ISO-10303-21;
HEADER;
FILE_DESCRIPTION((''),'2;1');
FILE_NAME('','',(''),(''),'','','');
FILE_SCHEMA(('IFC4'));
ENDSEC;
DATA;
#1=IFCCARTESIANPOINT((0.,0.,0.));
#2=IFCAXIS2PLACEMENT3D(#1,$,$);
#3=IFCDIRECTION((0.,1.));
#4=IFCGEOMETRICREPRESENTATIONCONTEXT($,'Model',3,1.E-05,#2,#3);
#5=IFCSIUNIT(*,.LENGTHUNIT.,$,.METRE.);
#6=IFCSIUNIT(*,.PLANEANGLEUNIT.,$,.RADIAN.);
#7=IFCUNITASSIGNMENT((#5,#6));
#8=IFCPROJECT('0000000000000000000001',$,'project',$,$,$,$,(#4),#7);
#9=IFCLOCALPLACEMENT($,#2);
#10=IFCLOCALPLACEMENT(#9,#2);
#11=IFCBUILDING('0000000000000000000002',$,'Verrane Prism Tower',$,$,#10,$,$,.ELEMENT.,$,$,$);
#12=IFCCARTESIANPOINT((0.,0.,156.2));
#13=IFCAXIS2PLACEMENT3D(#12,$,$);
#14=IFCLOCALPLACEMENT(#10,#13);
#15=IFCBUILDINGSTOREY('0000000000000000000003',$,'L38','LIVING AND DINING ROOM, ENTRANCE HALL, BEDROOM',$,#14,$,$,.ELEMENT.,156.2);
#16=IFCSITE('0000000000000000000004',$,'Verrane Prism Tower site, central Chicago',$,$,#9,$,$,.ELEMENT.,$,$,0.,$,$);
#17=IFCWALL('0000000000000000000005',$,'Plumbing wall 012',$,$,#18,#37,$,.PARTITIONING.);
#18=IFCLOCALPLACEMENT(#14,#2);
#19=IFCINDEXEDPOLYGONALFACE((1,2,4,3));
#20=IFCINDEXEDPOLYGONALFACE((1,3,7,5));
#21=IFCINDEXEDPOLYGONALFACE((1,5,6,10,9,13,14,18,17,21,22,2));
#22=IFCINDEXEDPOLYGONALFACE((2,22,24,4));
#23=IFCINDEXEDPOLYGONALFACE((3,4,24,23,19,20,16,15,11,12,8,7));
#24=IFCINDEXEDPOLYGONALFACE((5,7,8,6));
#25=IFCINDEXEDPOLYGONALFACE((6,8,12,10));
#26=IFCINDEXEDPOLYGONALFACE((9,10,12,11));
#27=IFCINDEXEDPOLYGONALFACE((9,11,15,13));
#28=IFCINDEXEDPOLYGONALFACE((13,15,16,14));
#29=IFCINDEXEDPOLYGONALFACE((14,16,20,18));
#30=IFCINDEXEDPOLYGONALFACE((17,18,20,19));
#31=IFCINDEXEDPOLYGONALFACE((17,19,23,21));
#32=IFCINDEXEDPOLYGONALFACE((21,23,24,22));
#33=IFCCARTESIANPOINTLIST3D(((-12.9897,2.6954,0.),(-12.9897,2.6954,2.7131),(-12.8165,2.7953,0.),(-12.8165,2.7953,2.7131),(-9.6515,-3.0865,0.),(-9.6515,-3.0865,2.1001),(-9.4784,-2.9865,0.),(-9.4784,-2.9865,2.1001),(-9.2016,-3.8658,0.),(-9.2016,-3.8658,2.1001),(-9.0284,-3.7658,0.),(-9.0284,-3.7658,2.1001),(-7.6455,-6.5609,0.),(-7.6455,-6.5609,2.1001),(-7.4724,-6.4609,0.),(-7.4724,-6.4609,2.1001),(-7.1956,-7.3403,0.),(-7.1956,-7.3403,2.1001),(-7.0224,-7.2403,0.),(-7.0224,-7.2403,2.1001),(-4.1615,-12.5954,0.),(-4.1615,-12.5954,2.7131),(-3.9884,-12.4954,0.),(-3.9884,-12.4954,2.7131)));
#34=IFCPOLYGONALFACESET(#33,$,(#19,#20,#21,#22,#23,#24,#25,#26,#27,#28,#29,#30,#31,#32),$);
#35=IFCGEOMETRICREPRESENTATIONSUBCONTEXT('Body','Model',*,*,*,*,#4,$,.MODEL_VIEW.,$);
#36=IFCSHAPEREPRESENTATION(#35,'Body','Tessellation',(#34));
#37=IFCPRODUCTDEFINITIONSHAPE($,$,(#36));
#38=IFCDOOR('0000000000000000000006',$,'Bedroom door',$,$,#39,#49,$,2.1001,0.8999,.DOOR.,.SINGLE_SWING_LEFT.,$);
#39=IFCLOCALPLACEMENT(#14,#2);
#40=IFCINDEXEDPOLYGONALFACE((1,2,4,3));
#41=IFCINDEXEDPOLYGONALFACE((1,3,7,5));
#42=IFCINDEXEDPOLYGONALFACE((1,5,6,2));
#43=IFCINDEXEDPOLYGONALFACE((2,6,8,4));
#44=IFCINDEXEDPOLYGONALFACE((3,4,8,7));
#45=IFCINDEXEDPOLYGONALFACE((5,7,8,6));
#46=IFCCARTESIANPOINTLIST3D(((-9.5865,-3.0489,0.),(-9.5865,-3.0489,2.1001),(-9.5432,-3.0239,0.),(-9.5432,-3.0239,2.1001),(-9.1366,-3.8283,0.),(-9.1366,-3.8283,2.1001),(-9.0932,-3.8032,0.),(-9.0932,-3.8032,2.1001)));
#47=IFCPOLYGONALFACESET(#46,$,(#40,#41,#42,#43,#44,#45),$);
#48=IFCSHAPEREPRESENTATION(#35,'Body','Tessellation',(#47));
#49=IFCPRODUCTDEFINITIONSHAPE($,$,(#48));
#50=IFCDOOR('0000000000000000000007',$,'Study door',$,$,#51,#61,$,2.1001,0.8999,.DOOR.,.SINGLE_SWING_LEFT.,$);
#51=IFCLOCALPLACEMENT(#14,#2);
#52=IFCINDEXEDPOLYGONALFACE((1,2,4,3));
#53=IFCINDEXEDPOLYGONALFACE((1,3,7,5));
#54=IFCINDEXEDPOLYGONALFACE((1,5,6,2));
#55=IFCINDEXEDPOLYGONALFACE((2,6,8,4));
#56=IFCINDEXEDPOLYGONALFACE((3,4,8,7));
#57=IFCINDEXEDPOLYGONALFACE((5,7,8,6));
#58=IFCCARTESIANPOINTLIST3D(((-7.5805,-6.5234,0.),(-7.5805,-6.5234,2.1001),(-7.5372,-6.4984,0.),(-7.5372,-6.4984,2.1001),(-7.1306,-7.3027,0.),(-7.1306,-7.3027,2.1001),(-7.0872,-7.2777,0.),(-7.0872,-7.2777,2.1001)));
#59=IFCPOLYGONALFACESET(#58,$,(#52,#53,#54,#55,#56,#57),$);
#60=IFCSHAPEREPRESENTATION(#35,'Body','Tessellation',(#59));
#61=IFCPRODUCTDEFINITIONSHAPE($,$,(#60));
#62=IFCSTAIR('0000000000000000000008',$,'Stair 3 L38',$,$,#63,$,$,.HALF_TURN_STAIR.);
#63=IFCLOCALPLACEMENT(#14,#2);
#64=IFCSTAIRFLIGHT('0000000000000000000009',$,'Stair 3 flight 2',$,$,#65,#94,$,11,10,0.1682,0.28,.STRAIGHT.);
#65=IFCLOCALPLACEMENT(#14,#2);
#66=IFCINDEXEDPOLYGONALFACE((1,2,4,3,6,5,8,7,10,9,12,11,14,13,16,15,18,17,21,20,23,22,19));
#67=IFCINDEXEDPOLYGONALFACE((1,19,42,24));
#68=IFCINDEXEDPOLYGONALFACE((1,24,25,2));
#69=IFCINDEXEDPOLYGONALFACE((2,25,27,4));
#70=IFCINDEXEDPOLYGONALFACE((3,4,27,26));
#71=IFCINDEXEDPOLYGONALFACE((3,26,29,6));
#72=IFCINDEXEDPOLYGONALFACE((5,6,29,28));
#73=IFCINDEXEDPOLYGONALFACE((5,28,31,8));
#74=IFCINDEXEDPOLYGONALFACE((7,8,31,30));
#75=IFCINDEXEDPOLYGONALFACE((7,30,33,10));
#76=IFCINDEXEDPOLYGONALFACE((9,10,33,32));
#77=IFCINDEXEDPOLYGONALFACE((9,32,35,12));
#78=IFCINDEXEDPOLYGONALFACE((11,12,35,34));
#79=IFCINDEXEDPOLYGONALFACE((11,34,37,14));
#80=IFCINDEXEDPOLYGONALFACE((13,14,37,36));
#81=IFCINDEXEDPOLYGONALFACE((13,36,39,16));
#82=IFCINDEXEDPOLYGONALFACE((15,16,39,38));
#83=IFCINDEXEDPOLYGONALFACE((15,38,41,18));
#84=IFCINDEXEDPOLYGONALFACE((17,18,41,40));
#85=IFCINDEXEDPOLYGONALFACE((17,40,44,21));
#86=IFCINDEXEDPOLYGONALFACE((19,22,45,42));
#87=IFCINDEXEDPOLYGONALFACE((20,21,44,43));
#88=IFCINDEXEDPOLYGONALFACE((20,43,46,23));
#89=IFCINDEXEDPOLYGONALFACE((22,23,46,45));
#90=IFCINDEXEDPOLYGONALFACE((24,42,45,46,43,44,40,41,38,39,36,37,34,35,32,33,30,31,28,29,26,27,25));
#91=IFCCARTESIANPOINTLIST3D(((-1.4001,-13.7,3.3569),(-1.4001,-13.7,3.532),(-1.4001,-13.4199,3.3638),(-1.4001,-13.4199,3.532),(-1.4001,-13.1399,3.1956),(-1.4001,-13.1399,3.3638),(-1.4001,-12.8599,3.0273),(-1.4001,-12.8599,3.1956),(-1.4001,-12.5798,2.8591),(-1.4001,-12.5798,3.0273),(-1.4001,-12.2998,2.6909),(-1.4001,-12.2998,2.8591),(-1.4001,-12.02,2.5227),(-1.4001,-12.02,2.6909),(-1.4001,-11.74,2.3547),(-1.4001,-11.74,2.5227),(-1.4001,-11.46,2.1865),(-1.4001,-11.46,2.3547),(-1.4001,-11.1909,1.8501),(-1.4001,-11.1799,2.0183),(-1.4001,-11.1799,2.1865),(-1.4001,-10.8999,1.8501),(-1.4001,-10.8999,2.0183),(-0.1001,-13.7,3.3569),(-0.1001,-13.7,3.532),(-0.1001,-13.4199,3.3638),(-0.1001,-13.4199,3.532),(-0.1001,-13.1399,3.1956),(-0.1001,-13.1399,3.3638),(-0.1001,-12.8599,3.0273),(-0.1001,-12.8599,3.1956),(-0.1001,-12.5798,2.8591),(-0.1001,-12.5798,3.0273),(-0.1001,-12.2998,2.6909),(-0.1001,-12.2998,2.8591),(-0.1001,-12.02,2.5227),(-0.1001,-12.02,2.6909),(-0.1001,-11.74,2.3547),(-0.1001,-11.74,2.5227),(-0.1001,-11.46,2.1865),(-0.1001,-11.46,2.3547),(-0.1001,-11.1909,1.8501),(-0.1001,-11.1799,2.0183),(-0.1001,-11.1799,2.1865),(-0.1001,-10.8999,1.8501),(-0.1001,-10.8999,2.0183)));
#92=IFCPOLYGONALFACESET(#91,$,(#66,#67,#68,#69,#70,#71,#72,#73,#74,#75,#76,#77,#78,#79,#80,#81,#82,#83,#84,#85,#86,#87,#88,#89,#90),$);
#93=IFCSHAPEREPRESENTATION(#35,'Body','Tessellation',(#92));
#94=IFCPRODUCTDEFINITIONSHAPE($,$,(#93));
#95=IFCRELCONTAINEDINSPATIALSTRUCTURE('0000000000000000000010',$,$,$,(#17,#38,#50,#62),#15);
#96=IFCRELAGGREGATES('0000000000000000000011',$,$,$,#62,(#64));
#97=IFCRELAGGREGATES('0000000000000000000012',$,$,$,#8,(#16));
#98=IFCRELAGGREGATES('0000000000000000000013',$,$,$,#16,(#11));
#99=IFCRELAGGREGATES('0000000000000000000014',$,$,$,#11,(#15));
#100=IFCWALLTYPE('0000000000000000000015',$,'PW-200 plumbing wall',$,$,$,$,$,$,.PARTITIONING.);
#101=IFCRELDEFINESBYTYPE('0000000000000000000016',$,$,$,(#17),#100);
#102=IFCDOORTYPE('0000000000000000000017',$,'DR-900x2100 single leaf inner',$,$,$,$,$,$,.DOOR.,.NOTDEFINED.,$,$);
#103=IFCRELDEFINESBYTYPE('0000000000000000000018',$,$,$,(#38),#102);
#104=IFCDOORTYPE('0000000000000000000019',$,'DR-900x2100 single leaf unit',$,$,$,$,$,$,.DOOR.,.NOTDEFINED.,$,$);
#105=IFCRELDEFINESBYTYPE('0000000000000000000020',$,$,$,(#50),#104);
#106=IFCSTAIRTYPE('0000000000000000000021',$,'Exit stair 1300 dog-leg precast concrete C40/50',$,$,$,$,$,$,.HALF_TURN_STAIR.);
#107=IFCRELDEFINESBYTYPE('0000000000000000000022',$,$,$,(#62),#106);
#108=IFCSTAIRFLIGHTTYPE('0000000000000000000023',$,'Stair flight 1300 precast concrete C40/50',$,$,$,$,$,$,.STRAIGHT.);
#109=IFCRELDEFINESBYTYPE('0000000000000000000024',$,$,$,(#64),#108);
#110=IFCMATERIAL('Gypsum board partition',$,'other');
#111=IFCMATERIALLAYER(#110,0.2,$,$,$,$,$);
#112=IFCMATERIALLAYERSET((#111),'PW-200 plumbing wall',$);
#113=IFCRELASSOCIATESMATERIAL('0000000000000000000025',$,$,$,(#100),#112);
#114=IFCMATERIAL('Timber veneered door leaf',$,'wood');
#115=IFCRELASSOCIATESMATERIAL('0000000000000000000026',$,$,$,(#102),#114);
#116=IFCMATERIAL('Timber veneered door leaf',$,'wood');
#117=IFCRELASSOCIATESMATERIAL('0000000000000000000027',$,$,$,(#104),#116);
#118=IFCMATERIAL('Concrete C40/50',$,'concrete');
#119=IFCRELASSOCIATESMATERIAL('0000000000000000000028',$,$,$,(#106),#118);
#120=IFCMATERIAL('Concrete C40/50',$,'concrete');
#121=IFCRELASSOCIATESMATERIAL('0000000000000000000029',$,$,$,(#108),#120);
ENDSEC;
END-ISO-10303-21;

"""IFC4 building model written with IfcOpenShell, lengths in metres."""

from ifc_helpers import new_model, si_unit, direction, frame, frame_2d, origin, place, context, subcontext, project, spatial, polyline, rectangle, outline, extrude, material, layer, layer_set, type_object, element, fill, aggregate, save


model = new_model("IFC4")

# Units and contexts
model_context = context("Model", 3, precision=1e-05, world=origin(), true_north=direction((0.0, 1.0)))
body_context = subcontext(model_context, "Body", "Model", "MODEL_VIEW")
ifc_project = project(units=[si_unit("LENGTHUNIT", "METRE"), si_unit("PLANEANGLEUNIT", "RADIAN")], contexts=[model_context])

# Site, building, storey
site_placement = place(None, origin())
site = spatial("IfcSite", under=ifc_project, at=site_placement, Name="Verrane Prism Tower site, central Chicago", CompositionType="ELEMENT", RefElevation=0.0)
building_placement = place(site_placement, origin())
building = spatial("IfcBuilding", under=site, at=building_placement, Name="Verrane Prism Tower", CompositionType="ELEMENT")
storey_placement = place(building_placement, frame((0.0, 0.0, 156.2)))
storey = spatial("IfcBuildingStorey", under=building, at=storey_placement, Name="L38", Description="LIVING AND DINING ROOM, ENTRANCE HALL, BEDROOM", CompositionType="ELEMENT", Elevation=156.2)

# Wall, openings, doors
ifc_material_1 = material(Name="Gypsum board partition", Category="other")
ifc_layer_1 = layer(ifc_material_1, 0.2)
ifc_layer_set_1 = layer_set([ifc_layer_1], Name="PW-200 plumbing wall")
wall_type_1 = type_object("IfcWallType", Name="PW-200 plumbing wall", PredefinedType="PARTITIONING", material=ifc_layer_set_1)
wall_1_placement = place(storey_placement, frame((-4.075, -12.5454, 0.0), z_axis=(0.0, 0.0, 1.0), x_axis=(-0.5, 0.866026, 0.0)))
wall_1 = element("IfcWall", 1, at=wall_1_placement, inside=storey, type_object=wall_type_1, Name="Plumbing wall 012", PredefinedType="PARTITIONING", context=body_context, shape_type="SweptSolid", body=[
    extrude(rectangle(XDim=17.6562, YDim=0.2, at=frame_2d((8.8281, 0.0))), origin(), (0.0, 0.0, 1.0), 2.7131),
])
opening_1_placement = place(wall_1_placement, frame((10.0801, 0.0, 0.0)))
opening_1 = element("IfcOpeningElement", 2, at=opening_1_placement, cuts=wall_1, PredefinedType="OPENING", context=body_context, shape_type="SweptSolid", body=[
    extrude(rectangle(XDim=0.8999, YDim=2.1001, at=frame_2d((0.45, 1.05))), frame((0.0, 0.1099, 0.0), z_axis=(0.0, -1.0, 0.0), x_axis=(1.0, 0.0, 0.0)), (0.0, 0.0, 1.0), 0.22),
])
opening_2_placement = place(wall_1_placement, frame((6.0681, 0.0, 0.0)))
opening_2 = element("IfcOpeningElement", 3, at=opening_2_placement, cuts=wall_1, PredefinedType="OPENING", context=body_context, shape_type="SweptSolid", body=[
    extrude(rectangle(XDim=0.8999, YDim=2.1001, at=frame_2d((0.45, 1.05))), frame((0.0, 0.1099, 0.0), z_axis=(0.0, -1.0, 0.0), x_axis=(1.0, 0.0, 0.0)), (0.0, 0.0, 1.0), 0.22),
])
ifc_material_2 = material(Name="Timber veneered door leaf", Category="wood")
door_type_1 = type_object("IfcDoorType", Name="DR-900x2100 single leaf inner", OperationType="NOTDEFINED", PredefinedType="DOOR", material=ifc_material_2)
door_1_placement = place(opening_1_placement, origin())
door_1 = element("IfcDoor", 4, at=door_1_placement, inside=storey, type_object=door_type_1, Name="Bedroom door", OperationType="SINGLE_SWING_LEFT", OverallHeight=2.1001, OverallWidth=0.8999, PredefinedType="DOOR", context=body_context, shape_type="SweptSolid", body=[
    extrude(rectangle(XDim=0.8999, YDim=2.1001, at=frame_2d((0.45, 1.05))), frame((0.0, 0.0249, 0.0), z_axis=(0.0, -1.0, 0.0), x_axis=(1.0, 0.0, 0.0)), (0.0, 0.0, 1.0), 0.05),
])
fill(opening_1, door_1)
ifc_material_3 = material(Name="Timber veneered door leaf", Category="wood")
door_type_2 = type_object("IfcDoorType", Name="DR-900x2100 single leaf unit", OperationType="NOTDEFINED", PredefinedType="DOOR", material=ifc_material_3)
door_2_placement = place(opening_2_placement, origin())
door_2 = element("IfcDoor", 5, at=door_2_placement, inside=storey, type_object=door_type_2, Name="Study door", OperationType="SINGLE_SWING_LEFT", OverallHeight=2.1001, OverallWidth=0.8999, PredefinedType="DOOR", context=body_context, shape_type="SweptSolid", body=[
    extrude(rectangle(XDim=0.8999, YDim=2.1001, at=frame_2d((0.45, 1.05))), frame((0.0, 0.0249, 0.0), z_axis=(0.0, -1.0, 0.0), x_axis=(1.0, 0.0, 0.0)), (0.0, 0.0, 1.0), 0.05),
])
fill(opening_2, door_2)

# Stair, stair flight
ifc_material_4 = material(Name="Concrete C40/50", Category="concrete")
stair_type = type_object("IfcStairType", Name="Exit stair 1300 dog-leg precast concrete C40/50", PredefinedType="HALF_TURN_STAIR", material=ifc_material_4)
stair_placement = place(storey_placement, origin())
stair = element("IfcStair", 6, at=stair_placement, inside=storey, type_object=stair_type, Name="Stair 3 L38", PredefinedType="HALF_TURN_STAIR")
ifc_material_5 = material(Name="Concrete C40/50", Category="concrete")
stair_flight_type = type_object("IfcStairFlightType", Name="Stair flight 1300 precast concrete C40/50", PredefinedType="STRAIGHT", material=ifc_material_5)
stair_flight_placement = place(storey_placement, frame((-0.75, -10.8999, 1.8501), z_axis=(0.0, 0.0, 1.0), x_axis=(0.0, -1.0, 0.0)))
stair_flight = element("IfcStairFlight", 7, at=stair_flight_placement, type_object=stair_flight_type, Name="Stair 3 flight 2", NumberOfRisers=11, NumberOfTreads=10, PredefinedType="STRAIGHT", RiserHeight=0.1682, TreadLength=0.28, context=body_context, shape_type="SweptSolid", body=[
    extrude(outline(polyline([(0.0, 0.0), (0.0, 0.1682), (0.28, 0.1682), (0.28, 0.3364), (0.5601, 0.3364), (0.5601, 0.5046), (0.8401, 0.5046), (0.8401, 0.6726), (1.1201, 0.6726), (1.1201, 0.8408), (1.3999, 0.8408), (1.3999, 1.009), (1.6799, 1.009), (1.6799, 1.1772), (1.96, 1.1772), (1.96, 1.3455), (2.24, 1.3455), (2.24, 1.5137), (2.52, 1.5137), (2.52, 1.6819), (2.8, 1.6819), (2.8, 1.8501), (2.8, 1.5068), (0.291, 0.0), (0.0, 0.0)])), frame((0.0, 0.6499, 0.0), z_axis=(0.0, -1.0, 0.0), x_axis=(1.0, 0.0, 0.0)), (0.0, 0.0, 1.0), 1.3),
])
aggregate(stair, [stair_flight])

save(model, "model.ifc")
